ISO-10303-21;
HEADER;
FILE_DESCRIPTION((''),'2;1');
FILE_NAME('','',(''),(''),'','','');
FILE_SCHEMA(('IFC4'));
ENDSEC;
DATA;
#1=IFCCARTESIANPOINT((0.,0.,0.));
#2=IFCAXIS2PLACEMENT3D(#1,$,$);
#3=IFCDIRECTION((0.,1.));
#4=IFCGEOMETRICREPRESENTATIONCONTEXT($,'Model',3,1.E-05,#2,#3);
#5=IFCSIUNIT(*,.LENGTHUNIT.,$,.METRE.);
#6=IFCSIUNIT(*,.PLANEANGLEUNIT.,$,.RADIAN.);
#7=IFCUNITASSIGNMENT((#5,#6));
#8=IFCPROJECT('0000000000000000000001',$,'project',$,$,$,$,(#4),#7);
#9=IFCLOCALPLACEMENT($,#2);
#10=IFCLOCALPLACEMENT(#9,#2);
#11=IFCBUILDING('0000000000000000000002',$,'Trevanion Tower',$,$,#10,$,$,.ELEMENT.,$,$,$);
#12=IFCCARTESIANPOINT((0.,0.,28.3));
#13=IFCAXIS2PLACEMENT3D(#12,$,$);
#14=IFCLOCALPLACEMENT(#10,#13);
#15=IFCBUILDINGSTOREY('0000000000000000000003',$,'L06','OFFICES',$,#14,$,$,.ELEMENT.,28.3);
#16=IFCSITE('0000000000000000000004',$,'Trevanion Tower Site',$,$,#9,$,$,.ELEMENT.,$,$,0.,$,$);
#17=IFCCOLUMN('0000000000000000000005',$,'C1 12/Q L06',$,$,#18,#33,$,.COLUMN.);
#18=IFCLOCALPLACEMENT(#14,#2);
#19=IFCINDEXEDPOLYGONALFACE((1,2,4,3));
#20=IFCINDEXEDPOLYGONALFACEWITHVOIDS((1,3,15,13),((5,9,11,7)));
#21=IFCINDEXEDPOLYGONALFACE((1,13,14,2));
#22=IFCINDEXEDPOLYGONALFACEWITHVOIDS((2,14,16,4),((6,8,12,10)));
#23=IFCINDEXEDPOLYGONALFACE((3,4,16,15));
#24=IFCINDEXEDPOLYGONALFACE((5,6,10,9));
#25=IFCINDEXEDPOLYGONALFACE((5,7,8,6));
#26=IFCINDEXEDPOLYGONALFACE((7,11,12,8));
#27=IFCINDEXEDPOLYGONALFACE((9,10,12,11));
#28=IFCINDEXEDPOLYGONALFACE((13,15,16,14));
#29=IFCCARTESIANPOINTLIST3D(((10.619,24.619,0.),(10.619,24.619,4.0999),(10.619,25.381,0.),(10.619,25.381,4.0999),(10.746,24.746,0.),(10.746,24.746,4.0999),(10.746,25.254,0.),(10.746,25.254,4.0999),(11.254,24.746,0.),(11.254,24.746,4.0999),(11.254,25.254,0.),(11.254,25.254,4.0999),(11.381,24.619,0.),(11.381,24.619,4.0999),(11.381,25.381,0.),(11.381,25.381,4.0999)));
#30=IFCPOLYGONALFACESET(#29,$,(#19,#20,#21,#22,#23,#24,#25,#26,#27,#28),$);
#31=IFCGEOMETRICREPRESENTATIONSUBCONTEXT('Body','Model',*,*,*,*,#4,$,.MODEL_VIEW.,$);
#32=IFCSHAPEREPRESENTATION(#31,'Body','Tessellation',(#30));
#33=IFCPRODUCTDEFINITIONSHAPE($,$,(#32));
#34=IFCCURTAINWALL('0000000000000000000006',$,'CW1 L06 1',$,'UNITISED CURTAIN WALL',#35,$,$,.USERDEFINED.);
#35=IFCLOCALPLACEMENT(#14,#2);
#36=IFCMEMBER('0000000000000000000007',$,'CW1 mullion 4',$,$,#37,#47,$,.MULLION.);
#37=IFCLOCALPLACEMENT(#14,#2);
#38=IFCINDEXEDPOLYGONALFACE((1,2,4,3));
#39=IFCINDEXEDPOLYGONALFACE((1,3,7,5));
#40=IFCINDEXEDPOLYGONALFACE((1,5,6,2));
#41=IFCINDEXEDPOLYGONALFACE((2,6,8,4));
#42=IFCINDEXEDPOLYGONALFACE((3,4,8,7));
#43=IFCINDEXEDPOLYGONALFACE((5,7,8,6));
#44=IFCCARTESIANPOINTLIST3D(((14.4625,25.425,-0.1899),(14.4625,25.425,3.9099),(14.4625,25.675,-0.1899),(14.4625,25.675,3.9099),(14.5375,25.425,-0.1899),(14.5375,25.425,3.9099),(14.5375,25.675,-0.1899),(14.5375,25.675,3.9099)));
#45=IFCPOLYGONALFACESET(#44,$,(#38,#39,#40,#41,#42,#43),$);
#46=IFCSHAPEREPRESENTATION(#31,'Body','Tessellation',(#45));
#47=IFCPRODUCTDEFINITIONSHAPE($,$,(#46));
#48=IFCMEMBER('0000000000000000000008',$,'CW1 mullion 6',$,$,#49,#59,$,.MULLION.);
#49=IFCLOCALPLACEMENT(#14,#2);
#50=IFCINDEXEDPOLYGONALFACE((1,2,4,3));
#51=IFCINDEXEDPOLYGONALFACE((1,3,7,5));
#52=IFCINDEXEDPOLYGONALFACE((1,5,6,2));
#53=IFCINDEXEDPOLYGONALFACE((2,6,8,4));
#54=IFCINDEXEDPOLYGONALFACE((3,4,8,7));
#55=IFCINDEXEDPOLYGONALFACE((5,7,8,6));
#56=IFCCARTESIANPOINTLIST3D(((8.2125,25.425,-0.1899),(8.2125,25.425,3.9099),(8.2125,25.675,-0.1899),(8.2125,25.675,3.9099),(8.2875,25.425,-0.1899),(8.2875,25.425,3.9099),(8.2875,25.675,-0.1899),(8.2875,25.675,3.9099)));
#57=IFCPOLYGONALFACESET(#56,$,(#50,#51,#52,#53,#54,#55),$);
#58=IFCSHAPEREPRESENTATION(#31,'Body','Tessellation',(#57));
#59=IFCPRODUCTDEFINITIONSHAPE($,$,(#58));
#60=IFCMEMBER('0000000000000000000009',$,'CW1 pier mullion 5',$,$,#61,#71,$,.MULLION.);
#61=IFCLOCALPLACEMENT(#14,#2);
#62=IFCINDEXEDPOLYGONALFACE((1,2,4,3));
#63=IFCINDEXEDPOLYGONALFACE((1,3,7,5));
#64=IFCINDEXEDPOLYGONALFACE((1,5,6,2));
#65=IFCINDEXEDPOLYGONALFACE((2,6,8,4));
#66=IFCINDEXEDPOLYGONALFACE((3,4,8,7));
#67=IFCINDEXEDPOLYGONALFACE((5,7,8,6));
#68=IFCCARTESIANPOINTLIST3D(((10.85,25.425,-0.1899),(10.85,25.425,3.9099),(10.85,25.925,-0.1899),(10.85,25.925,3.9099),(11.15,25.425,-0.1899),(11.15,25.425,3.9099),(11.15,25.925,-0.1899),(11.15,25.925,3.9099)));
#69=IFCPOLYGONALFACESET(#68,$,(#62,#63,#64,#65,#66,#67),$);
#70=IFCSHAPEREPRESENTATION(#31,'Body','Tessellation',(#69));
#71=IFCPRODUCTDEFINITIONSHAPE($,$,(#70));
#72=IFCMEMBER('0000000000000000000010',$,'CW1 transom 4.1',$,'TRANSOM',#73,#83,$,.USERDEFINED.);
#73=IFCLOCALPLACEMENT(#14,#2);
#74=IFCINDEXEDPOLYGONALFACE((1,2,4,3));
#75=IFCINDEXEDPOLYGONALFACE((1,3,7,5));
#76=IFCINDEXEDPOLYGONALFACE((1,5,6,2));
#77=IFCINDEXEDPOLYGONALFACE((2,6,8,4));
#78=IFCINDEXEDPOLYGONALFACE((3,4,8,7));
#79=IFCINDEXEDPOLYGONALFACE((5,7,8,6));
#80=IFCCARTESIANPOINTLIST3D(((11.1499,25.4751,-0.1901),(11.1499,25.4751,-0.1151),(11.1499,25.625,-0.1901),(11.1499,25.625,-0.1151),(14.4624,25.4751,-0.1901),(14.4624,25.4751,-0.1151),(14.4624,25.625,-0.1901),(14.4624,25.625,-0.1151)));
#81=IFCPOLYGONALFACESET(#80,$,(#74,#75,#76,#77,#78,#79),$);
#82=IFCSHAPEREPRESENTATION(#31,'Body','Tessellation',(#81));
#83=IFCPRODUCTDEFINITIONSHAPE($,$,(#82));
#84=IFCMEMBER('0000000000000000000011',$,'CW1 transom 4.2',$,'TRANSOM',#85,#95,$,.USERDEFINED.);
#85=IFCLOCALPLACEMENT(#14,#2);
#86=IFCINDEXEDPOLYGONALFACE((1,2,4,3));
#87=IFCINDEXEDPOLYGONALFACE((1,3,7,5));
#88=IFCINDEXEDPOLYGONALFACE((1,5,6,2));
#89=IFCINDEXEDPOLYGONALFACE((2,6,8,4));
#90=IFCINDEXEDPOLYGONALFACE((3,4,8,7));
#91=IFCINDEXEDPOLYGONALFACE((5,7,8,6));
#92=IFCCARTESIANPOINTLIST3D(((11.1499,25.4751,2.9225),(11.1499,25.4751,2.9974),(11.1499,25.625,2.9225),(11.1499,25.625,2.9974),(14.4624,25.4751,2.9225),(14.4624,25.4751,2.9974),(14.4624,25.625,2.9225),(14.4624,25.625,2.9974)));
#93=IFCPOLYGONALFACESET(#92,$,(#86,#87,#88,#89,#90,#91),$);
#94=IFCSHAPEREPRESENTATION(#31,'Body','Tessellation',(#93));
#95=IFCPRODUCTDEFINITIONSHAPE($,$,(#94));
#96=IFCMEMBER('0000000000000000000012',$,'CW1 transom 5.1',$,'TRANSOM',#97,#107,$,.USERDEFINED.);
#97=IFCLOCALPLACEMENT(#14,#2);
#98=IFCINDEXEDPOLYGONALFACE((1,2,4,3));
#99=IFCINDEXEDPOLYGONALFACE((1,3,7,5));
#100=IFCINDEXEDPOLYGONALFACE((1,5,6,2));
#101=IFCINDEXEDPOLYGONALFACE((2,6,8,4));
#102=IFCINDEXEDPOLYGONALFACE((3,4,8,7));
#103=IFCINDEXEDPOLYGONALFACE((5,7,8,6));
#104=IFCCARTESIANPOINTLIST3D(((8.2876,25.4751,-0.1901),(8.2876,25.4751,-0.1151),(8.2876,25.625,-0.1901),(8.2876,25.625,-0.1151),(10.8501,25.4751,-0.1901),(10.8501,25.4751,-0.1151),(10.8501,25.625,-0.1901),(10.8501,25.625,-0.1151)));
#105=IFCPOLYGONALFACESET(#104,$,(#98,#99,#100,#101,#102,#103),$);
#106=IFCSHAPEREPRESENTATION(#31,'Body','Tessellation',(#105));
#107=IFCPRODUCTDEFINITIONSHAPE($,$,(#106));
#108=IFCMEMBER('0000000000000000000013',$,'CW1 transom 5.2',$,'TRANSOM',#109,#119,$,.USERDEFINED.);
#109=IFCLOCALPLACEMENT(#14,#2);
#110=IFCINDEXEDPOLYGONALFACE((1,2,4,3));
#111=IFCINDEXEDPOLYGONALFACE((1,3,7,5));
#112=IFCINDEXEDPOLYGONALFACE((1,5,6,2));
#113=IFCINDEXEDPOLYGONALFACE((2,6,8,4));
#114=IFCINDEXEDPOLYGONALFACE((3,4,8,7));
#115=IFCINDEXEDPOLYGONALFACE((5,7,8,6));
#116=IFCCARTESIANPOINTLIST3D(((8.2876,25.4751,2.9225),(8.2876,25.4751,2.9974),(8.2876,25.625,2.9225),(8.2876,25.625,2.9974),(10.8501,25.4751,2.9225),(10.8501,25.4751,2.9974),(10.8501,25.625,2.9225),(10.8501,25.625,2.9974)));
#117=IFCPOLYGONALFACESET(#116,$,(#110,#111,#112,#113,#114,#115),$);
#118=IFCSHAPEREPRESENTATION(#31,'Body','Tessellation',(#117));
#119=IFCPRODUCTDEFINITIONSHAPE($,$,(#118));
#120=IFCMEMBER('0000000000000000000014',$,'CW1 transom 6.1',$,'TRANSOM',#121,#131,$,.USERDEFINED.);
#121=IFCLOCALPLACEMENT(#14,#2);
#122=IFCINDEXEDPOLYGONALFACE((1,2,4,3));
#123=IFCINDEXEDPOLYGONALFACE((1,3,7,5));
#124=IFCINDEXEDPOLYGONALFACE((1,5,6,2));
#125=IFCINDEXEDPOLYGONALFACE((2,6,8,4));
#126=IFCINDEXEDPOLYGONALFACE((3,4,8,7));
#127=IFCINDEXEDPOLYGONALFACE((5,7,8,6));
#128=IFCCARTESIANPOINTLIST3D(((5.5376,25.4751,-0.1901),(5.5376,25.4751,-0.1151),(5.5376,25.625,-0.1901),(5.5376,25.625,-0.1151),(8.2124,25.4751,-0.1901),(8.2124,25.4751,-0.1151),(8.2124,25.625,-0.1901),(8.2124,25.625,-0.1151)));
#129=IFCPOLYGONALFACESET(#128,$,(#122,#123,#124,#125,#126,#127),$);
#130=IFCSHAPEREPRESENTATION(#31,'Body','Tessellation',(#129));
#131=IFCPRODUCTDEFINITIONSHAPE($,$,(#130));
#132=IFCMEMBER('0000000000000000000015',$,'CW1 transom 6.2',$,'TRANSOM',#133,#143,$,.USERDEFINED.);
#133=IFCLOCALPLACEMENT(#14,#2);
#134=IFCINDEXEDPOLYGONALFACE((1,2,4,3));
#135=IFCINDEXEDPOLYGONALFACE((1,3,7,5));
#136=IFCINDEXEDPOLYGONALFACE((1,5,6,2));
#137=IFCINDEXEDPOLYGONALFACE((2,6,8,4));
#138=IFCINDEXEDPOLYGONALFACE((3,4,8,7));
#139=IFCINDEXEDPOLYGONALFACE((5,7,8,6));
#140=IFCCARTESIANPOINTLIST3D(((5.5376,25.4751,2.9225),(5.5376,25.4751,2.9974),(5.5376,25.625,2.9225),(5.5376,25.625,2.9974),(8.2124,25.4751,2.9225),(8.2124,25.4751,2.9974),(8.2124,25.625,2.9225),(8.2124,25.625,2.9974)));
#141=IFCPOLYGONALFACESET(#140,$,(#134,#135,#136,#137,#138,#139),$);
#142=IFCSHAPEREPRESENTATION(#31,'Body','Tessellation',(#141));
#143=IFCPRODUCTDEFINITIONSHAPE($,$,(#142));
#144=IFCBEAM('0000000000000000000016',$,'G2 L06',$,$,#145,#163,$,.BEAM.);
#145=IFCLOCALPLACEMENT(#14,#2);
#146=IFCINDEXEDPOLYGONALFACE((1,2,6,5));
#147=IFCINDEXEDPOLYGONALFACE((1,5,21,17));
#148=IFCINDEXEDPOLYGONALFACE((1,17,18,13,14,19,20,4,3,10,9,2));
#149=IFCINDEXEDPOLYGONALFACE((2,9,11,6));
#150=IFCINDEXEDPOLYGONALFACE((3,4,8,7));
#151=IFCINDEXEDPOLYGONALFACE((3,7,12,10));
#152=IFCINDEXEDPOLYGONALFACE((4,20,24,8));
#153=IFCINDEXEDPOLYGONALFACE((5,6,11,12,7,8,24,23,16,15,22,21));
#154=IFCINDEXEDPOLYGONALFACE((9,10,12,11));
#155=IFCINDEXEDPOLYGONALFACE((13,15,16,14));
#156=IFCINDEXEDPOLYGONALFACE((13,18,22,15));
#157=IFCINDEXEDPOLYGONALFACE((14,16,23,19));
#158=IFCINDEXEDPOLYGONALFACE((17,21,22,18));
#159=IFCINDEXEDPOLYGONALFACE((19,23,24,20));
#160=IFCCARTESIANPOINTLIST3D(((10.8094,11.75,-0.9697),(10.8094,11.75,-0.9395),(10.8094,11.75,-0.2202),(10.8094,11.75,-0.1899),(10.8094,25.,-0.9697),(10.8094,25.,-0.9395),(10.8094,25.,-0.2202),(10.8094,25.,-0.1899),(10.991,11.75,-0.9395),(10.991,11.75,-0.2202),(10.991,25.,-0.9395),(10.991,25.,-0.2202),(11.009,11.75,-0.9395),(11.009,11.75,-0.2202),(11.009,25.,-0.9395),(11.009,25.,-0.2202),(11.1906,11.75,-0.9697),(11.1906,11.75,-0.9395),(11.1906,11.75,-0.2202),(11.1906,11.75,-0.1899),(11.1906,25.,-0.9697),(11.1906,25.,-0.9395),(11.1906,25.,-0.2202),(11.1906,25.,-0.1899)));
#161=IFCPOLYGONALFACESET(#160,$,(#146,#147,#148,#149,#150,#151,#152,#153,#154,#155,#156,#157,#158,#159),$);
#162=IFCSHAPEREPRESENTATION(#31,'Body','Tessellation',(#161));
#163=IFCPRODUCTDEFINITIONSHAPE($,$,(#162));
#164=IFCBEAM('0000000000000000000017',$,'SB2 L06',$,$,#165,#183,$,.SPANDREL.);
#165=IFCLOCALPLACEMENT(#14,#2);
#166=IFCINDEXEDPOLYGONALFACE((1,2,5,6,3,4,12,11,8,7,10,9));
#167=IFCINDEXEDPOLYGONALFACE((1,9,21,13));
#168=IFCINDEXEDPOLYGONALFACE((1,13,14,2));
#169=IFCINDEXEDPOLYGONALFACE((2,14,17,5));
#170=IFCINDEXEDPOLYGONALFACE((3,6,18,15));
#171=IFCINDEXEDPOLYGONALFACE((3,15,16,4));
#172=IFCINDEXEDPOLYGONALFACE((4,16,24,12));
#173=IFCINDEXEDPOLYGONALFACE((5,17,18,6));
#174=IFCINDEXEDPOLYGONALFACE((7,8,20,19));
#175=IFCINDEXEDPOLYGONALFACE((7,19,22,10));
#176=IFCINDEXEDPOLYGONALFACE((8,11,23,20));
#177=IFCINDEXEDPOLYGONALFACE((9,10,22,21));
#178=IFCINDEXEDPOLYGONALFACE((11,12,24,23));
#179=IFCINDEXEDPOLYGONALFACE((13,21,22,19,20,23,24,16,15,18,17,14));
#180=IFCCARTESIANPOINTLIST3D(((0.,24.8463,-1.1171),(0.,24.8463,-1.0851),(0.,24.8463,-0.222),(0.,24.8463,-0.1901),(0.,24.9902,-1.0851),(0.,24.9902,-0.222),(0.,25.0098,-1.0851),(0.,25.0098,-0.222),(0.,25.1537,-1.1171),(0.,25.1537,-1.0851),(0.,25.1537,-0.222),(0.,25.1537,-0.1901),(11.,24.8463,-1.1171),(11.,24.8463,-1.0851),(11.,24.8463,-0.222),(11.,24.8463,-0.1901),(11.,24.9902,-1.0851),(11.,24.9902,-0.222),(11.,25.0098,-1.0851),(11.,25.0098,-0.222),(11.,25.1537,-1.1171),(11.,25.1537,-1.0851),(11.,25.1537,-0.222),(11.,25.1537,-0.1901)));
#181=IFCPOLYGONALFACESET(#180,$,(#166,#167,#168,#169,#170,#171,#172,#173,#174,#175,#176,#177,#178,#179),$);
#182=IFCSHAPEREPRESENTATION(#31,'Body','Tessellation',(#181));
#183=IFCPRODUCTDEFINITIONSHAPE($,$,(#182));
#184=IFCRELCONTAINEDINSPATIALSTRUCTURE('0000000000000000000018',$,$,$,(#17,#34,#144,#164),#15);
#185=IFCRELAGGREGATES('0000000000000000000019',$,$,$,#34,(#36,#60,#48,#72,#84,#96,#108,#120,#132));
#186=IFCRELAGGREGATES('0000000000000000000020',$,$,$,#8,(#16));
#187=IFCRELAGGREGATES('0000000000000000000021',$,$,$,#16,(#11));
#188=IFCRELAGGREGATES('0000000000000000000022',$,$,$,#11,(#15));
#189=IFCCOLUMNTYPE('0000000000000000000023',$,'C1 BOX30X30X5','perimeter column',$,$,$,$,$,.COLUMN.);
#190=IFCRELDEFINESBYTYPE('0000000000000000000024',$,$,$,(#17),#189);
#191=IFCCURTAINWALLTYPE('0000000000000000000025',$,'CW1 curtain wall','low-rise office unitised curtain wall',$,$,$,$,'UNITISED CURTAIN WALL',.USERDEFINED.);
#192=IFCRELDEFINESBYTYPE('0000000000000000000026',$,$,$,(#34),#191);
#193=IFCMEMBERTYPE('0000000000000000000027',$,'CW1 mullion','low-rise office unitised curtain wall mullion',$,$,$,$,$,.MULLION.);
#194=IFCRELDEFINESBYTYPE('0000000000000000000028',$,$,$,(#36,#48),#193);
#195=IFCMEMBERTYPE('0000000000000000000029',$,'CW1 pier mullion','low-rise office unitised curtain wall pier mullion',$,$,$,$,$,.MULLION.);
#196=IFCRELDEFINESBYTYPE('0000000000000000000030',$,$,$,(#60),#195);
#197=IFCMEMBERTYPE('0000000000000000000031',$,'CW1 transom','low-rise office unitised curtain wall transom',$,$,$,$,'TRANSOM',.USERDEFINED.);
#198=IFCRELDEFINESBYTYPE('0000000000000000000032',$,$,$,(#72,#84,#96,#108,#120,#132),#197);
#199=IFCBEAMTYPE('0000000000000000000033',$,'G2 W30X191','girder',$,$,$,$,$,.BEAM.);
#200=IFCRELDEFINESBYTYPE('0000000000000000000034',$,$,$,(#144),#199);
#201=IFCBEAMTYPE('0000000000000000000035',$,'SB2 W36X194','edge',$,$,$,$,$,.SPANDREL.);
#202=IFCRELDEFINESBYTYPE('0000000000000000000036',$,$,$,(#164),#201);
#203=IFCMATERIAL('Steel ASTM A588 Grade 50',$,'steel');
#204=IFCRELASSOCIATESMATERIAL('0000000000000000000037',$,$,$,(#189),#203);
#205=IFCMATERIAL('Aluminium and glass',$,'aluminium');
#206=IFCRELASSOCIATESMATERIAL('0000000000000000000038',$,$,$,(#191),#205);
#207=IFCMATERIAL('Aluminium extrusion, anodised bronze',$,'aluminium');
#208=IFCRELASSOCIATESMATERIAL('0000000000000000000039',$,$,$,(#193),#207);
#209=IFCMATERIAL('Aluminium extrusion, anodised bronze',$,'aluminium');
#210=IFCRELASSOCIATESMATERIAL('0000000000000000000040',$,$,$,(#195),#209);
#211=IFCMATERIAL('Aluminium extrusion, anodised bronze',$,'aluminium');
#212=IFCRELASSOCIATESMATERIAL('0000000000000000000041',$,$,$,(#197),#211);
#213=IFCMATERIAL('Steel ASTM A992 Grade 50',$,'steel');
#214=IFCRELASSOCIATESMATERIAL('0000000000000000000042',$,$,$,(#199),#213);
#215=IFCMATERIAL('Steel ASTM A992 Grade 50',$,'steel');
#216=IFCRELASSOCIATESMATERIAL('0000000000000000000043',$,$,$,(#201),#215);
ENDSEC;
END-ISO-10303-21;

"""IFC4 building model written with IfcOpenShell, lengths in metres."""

from ifc_helpers import new_model, si_unit, direction, frame, origin, origin_2d, place, context, subcontext, project, spatial, rectangle, hollow_rectangle, i_section, extrude, material, material_profile, profile_set, type_object, element, aggregate, save


model = new_model("IFC4")

# Units and contexts
model_context = context("Model", 3, precision=1e-05, world=origin(), true_north=direction((0.0, 1.0)))
body_context = subcontext(model_context, "Body", "Model", "MODEL_VIEW")
ifc_project = project(units=[si_unit("LENGTHUNIT", "METRE"), si_unit("PLANEANGLEUNIT", "RADIAN")], contexts=[model_context])

# Site, building, storey
site_placement = place(None, origin())
site = spatial("IfcSite", under=ifc_project, at=site_placement, Name="Trevanion Tower Site", CompositionType="ELEMENT", RefElevation=0.0)
building_placement = place(site_placement, origin())
building = spatial("IfcBuilding", under=site, at=building_placement, Name="Trevanion Tower", CompositionType="ELEMENT")
storey_placement = place(building_placement, frame((0.0, 0.0, 28.3)))
storey = spatial("IfcBuildingStorey", under=building, at=storey_placement, Name="L06", Description="OFFICES", CompositionType="ELEMENT", Elevation=28.3)

# Column
ifc_material_1 = material(Name="Steel ASTM A588 Grade 50", Category="steel")
ifc_material_profile_1 = material_profile(ifc_material_1, hollow_rectangle(XDim=0.762, YDim=0.762, WallThickness=0.127, at=origin_2d()), Name="BOX30X30X5")
ifc_profile_set_1 = profile_set([ifc_material_profile_1], Name="Steel ASTM A588 Grade 50")
column_type = type_object("IfcColumnType", Name="C1 BOX30X30X5", Description="perimeter column", PredefinedType="COLUMN", material=ifc_profile_set_1)
column_placement = place(storey_placement, frame((11.0, 25.0, 0.0), z_axis=(0.0, 0.0, 1.0), x_axis=(1.0, 0.0, 0.0)))
element("IfcColumn", 1, at=column_placement, inside=storey, type_object=column_type, Name="C1 12/Q L06", PredefinedType="COLUMN", context=body_context, shape_type="SweptSolid", body=[
    extrude(hollow_rectangle(XDim=0.762, YDim=0.762, WallThickness=0.127, at=origin_2d()), origin(), (0.0, 0.0, 1.0), 4.0999),
])

# Curtain wall, members
ifc_material_2 = material(Name="Aluminium and glass", Category="aluminium")
curtain_wall_type = type_object("IfcCurtainWallType", Name="CW1 curtain wall", Description="low-rise office unitised curtain wall", ElementType="UNITISED CURTAIN WALL", PredefinedType="USERDEFINED", material=ifc_material_2)
curtain_wall_placement = place(storey_placement, origin())
curtain_wall = element("IfcCurtainWall", 2, at=curtain_wall_placement, inside=storey, type_object=curtain_wall_type, Name="CW1 L06 1", ObjectType="UNITISED CURTAIN WALL", PredefinedType="USERDEFINED")
ifc_material_3 = material(Name="Aluminium extrusion, anodised bronze", Category="aluminium")
ifc_material_profile_2 = material_profile(ifc_material_3, rectangle(XDim=0.075, YDim=0.25, at=origin_2d()), Name="CW1 mullion")
ifc_profile_set_2 = profile_set([ifc_material_profile_2], Name="Aluminium extrusion, anodised bronze")
member_type_1 = type_object("IfcMemberType", Name="CW1 mullion", Description="low-rise office unitised curtain wall mullion", PredefinedType="MULLION", material=ifc_profile_set_2)
member_1_placement = place(storey_placement, frame((14.5, 25.55, -0.1899), z_axis=(0.0, 0.0, 1.0), x_axis=(-1.0, 0.0, 0.0)))
member_1 = element("IfcMember", 3, at=member_1_placement, type_object=member_type_1, Name="CW1 mullion 4", PredefinedType="MULLION", context=body_context, shape_type="SweptSolid", body=[
    extrude(rectangle(XDim=0.075, YDim=0.25, at=origin_2d()), origin(), (0.0, 0.0, 1.0), 4.0999),
])
member_2_placement = place(storey_placement, frame((8.25, 25.55, -0.1899), z_axis=(0.0, 0.0, 1.0), x_axis=(-1.0, 0.0, 0.0)))
member_2 = element("IfcMember", 4, at=member_2_placement, type_object=member_type_1, Name="CW1 mullion 6", PredefinedType="MULLION", context=body_context, shape_type="SweptSolid", body=[
    extrude(rectangle(XDim=0.075, YDim=0.25, at=origin_2d()), origin(), (0.0, 0.0, 1.0), 4.0999),
])
ifc_material_4 = material(Name="Aluminium extrusion, anodised bronze", Category="aluminium")
ifc_material_profile_3 = material_profile(ifc_material_4, rectangle(XDim=0.3, YDim=0.5, at=origin_2d()), Name="CW1 pier mullion")
ifc_profile_set_3 = profile_set([ifc_material_profile_3], Name="Aluminium extrusion, anodised bronze")
member_type_2 = type_object("IfcMemberType", Name="CW1 pier mullion", Description="low-rise office unitised curtain wall pier mullion", PredefinedType="MULLION", material=ifc_profile_set_3)
member_3_placement = place(storey_placement, frame((11.0, 25.675, -0.1899), z_axis=(0.0, 0.0, 1.0), x_axis=(-1.0, 0.0, 0.0)))
member_3 = element("IfcMember", 5, at=member_3_placement, type_object=member_type_2, Name="CW1 pier mullion 5", PredefinedType="MULLION", context=body_context, shape_type="SweptSolid", body=[
    extrude(rectangle(XDim=0.3, YDim=0.5, at=origin_2d()), origin(), (0.0, 0.0, 1.0), 4.0999),
])
ifc_material_5 = material(Name="Aluminium extrusion, anodised bronze", Category="aluminium")
ifc_material_profile_4 = material_profile(ifc_material_5, rectangle(XDim=0.1499, YDim=0.075, at=origin_2d()), Name="CW1 transom")
ifc_profile_set_4 = profile_set([ifc_material_profile_4], Name="Aluminium extrusion, anodised bronze")
member_type_3 = type_object("IfcMemberType", Name="CW1 transom", Description="low-rise office unitised curtain wall transom", ElementType="TRANSOM", PredefinedType="USERDEFINED", material=ifc_profile_set_4)
member_4_placement = place(storey_placement, frame((14.4624, 25.55, -0.1526), z_axis=(-1.0, 0.0, 0.0), x_axis=(0.0, -1.0, 0.0)))
member_4 = element("IfcMember", 6, at=member_4_placement, type_object=member_type_3, Name="CW1 transom 4.1", ObjectType="TRANSOM", PredefinedType="USERDEFINED", context=body_context, shape_type="SweptSolid", body=[
    extrude(rectangle(XDim=0.1499, YDim=0.075, at=origin_2d()), origin(), (0.0, 0.0, 1.0), 3.3125),
])
member_5_placement = place(storey_placement, frame((14.4624, 25.55, 2.96), z_axis=(-1.0, 0.0, 0.0), x_axis=(0.0, -1.0, 0.0)))
member_5 = element("IfcMember", 7, at=member_5_placement, type_object=member_type_3, Name="CW1 transom 4.2", ObjectType="TRANSOM", PredefinedType="USERDEFINED", context=body_context, shape_type="SweptSolid", body=[
    extrude(rectangle(XDim=0.1499, YDim=0.075, at=origin_2d()), origin(), (0.0, 0.0, 1.0), 3.3125),
])
member_6_placement = place(storey_placement, frame((10.8501, 25.55, -0.1526), z_axis=(-1.0, 0.0, 0.0), x_axis=(0.0, -1.0, 0.0)))
member_6 = element("IfcMember", 8, at=member_6_placement, type_object=member_type_3, Name="CW1 transom 5.1", ObjectType="TRANSOM", PredefinedType="USERDEFINED", context=body_context, shape_type="SweptSolid", body=[
    extrude(rectangle(XDim=0.1499, YDim=0.075, at=origin_2d()), origin(), (0.0, 0.0, 1.0), 2.5625),
])
member_7_placement = place(storey_placement, frame((10.8501, 25.55, 2.96), z_axis=(-1.0, 0.0, 0.0), x_axis=(0.0, -1.0, 0.0)))
member_7 = element("IfcMember", 9, at=member_7_placement, type_object=member_type_3, Name="CW1 transom 5.2", ObjectType="TRANSOM", PredefinedType="USERDEFINED", context=body_context, shape_type="SweptSolid", body=[
    extrude(rectangle(XDim=0.1499, YDim=0.075, at=origin_2d()), origin(), (0.0, 0.0, 1.0), 2.5625),
])
member_8_placement = place(storey_placement, frame((8.2124, 25.55, -0.1526), z_axis=(-1.0, 0.0, 0.0), x_axis=(0.0, -1.0, 0.0)))
member_8 = element("IfcMember", 10, at=member_8_placement, type_object=member_type_3, Name="CW1 transom 6.1", ObjectType="TRANSOM", PredefinedType="USERDEFINED", context=body_context, shape_type="SweptSolid", body=[
    extrude(rectangle(XDim=0.1499, YDim=0.075, at=origin_2d()), origin(), (0.0, 0.0, 1.0), 2.6748),
])
member_9_placement = place(storey_placement, frame((8.2124, 25.55, 2.96), z_axis=(-1.0, 0.0, 0.0), x_axis=(0.0, -1.0, 0.0)))
member_9 = element("IfcMember", 11, at=member_9_placement, type_object=member_type_3, Name="CW1 transom 6.2", ObjectType="TRANSOM", PredefinedType="USERDEFINED", context=body_context, shape_type="SweptSolid", body=[
    extrude(rectangle(XDim=0.1499, YDim=0.075, at=origin_2d()), origin(), (0.0, 0.0, 1.0), 2.6748),
])

# Beams
ifc_material_6 = material(Name="Steel ASTM A992 Grade 50", Category="steel")
ifc_material_profile_5 = material_profile(ifc_material_6, i_section(OverallWidth=0.3811, OverallDepth=0.7798, WebThickness=0.0181, FlangeThickness=0.0303, at=origin_2d()), Name="W30X191")
ifc_profile_set_5 = profile_set([ifc_material_profile_5], Name="Steel ASTM A992 Grade 50")
beam_type_1 = type_object("IfcBeamType", Name="G2 W30X191", Description="girder", PredefinedType="BEAM", material=ifc_profile_set_5)
beam_1_placement = place(storey_placement, frame((11.0, 11.75, -0.5798), z_axis=(0.0, 1.0, 0.0), x_axis=(-1.0, 0.0, 0.0)))
element("IfcBeam", 12, at=beam_1_placement, inside=storey, type_object=beam_type_1, Name="G2 L06", PredefinedType="BEAM", context=body_context, shape_type="SweptSolid", body=[
    extrude(i_section(OverallWidth=0.3811, OverallDepth=0.7798, WebThickness=0.0181, FlangeThickness=0.0303, at=origin_2d()), origin(), (0.0, 0.0, 1.0), 13.25),
])
ifc_material_7 = material(Name="Steel ASTM A992 Grade 50", Category="steel")
ifc_material_profile_6 = material_profile(ifc_material_7, i_section(OverallWidth=0.3074, OverallDepth=0.927, WebThickness=0.0195, FlangeThickness=0.032, at=origin_2d()), Name="W36X194")
ifc_profile_set_6 = profile_set([ifc_material_profile_6], Name="Steel ASTM A992 Grade 50")
beam_type_2 = type_object("IfcBeamType", Name="SB2 W36X194", Description="edge", PredefinedType="SPANDREL", material=ifc_profile_set_6)
beam_2_placement = place(storey_placement, frame((11.0, 25.0, -0.6536), z_axis=(-1.0, 0.0, 0.0), x_axis=(0.0, -1.0, 0.0)))
element("IfcBeam", 13, at=beam_2_placement, inside=storey, type_object=beam_type_2, Name="SB2 L06", PredefinedType="SPANDREL", context=body_context, shape_type="SweptSolid", body=[
    extrude(i_section(OverallWidth=0.3074, OverallDepth=0.927, WebThickness=0.0195, FlangeThickness=0.032, at=origin_2d()), origin(), (0.0, 0.0, 1.0), 11.0),
])

aggregate(curtain_wall, [member_1, member_3, member_2, member_4, member_5, member_6, member_7, member_8, member_9])

save(model, "model.ifc")
